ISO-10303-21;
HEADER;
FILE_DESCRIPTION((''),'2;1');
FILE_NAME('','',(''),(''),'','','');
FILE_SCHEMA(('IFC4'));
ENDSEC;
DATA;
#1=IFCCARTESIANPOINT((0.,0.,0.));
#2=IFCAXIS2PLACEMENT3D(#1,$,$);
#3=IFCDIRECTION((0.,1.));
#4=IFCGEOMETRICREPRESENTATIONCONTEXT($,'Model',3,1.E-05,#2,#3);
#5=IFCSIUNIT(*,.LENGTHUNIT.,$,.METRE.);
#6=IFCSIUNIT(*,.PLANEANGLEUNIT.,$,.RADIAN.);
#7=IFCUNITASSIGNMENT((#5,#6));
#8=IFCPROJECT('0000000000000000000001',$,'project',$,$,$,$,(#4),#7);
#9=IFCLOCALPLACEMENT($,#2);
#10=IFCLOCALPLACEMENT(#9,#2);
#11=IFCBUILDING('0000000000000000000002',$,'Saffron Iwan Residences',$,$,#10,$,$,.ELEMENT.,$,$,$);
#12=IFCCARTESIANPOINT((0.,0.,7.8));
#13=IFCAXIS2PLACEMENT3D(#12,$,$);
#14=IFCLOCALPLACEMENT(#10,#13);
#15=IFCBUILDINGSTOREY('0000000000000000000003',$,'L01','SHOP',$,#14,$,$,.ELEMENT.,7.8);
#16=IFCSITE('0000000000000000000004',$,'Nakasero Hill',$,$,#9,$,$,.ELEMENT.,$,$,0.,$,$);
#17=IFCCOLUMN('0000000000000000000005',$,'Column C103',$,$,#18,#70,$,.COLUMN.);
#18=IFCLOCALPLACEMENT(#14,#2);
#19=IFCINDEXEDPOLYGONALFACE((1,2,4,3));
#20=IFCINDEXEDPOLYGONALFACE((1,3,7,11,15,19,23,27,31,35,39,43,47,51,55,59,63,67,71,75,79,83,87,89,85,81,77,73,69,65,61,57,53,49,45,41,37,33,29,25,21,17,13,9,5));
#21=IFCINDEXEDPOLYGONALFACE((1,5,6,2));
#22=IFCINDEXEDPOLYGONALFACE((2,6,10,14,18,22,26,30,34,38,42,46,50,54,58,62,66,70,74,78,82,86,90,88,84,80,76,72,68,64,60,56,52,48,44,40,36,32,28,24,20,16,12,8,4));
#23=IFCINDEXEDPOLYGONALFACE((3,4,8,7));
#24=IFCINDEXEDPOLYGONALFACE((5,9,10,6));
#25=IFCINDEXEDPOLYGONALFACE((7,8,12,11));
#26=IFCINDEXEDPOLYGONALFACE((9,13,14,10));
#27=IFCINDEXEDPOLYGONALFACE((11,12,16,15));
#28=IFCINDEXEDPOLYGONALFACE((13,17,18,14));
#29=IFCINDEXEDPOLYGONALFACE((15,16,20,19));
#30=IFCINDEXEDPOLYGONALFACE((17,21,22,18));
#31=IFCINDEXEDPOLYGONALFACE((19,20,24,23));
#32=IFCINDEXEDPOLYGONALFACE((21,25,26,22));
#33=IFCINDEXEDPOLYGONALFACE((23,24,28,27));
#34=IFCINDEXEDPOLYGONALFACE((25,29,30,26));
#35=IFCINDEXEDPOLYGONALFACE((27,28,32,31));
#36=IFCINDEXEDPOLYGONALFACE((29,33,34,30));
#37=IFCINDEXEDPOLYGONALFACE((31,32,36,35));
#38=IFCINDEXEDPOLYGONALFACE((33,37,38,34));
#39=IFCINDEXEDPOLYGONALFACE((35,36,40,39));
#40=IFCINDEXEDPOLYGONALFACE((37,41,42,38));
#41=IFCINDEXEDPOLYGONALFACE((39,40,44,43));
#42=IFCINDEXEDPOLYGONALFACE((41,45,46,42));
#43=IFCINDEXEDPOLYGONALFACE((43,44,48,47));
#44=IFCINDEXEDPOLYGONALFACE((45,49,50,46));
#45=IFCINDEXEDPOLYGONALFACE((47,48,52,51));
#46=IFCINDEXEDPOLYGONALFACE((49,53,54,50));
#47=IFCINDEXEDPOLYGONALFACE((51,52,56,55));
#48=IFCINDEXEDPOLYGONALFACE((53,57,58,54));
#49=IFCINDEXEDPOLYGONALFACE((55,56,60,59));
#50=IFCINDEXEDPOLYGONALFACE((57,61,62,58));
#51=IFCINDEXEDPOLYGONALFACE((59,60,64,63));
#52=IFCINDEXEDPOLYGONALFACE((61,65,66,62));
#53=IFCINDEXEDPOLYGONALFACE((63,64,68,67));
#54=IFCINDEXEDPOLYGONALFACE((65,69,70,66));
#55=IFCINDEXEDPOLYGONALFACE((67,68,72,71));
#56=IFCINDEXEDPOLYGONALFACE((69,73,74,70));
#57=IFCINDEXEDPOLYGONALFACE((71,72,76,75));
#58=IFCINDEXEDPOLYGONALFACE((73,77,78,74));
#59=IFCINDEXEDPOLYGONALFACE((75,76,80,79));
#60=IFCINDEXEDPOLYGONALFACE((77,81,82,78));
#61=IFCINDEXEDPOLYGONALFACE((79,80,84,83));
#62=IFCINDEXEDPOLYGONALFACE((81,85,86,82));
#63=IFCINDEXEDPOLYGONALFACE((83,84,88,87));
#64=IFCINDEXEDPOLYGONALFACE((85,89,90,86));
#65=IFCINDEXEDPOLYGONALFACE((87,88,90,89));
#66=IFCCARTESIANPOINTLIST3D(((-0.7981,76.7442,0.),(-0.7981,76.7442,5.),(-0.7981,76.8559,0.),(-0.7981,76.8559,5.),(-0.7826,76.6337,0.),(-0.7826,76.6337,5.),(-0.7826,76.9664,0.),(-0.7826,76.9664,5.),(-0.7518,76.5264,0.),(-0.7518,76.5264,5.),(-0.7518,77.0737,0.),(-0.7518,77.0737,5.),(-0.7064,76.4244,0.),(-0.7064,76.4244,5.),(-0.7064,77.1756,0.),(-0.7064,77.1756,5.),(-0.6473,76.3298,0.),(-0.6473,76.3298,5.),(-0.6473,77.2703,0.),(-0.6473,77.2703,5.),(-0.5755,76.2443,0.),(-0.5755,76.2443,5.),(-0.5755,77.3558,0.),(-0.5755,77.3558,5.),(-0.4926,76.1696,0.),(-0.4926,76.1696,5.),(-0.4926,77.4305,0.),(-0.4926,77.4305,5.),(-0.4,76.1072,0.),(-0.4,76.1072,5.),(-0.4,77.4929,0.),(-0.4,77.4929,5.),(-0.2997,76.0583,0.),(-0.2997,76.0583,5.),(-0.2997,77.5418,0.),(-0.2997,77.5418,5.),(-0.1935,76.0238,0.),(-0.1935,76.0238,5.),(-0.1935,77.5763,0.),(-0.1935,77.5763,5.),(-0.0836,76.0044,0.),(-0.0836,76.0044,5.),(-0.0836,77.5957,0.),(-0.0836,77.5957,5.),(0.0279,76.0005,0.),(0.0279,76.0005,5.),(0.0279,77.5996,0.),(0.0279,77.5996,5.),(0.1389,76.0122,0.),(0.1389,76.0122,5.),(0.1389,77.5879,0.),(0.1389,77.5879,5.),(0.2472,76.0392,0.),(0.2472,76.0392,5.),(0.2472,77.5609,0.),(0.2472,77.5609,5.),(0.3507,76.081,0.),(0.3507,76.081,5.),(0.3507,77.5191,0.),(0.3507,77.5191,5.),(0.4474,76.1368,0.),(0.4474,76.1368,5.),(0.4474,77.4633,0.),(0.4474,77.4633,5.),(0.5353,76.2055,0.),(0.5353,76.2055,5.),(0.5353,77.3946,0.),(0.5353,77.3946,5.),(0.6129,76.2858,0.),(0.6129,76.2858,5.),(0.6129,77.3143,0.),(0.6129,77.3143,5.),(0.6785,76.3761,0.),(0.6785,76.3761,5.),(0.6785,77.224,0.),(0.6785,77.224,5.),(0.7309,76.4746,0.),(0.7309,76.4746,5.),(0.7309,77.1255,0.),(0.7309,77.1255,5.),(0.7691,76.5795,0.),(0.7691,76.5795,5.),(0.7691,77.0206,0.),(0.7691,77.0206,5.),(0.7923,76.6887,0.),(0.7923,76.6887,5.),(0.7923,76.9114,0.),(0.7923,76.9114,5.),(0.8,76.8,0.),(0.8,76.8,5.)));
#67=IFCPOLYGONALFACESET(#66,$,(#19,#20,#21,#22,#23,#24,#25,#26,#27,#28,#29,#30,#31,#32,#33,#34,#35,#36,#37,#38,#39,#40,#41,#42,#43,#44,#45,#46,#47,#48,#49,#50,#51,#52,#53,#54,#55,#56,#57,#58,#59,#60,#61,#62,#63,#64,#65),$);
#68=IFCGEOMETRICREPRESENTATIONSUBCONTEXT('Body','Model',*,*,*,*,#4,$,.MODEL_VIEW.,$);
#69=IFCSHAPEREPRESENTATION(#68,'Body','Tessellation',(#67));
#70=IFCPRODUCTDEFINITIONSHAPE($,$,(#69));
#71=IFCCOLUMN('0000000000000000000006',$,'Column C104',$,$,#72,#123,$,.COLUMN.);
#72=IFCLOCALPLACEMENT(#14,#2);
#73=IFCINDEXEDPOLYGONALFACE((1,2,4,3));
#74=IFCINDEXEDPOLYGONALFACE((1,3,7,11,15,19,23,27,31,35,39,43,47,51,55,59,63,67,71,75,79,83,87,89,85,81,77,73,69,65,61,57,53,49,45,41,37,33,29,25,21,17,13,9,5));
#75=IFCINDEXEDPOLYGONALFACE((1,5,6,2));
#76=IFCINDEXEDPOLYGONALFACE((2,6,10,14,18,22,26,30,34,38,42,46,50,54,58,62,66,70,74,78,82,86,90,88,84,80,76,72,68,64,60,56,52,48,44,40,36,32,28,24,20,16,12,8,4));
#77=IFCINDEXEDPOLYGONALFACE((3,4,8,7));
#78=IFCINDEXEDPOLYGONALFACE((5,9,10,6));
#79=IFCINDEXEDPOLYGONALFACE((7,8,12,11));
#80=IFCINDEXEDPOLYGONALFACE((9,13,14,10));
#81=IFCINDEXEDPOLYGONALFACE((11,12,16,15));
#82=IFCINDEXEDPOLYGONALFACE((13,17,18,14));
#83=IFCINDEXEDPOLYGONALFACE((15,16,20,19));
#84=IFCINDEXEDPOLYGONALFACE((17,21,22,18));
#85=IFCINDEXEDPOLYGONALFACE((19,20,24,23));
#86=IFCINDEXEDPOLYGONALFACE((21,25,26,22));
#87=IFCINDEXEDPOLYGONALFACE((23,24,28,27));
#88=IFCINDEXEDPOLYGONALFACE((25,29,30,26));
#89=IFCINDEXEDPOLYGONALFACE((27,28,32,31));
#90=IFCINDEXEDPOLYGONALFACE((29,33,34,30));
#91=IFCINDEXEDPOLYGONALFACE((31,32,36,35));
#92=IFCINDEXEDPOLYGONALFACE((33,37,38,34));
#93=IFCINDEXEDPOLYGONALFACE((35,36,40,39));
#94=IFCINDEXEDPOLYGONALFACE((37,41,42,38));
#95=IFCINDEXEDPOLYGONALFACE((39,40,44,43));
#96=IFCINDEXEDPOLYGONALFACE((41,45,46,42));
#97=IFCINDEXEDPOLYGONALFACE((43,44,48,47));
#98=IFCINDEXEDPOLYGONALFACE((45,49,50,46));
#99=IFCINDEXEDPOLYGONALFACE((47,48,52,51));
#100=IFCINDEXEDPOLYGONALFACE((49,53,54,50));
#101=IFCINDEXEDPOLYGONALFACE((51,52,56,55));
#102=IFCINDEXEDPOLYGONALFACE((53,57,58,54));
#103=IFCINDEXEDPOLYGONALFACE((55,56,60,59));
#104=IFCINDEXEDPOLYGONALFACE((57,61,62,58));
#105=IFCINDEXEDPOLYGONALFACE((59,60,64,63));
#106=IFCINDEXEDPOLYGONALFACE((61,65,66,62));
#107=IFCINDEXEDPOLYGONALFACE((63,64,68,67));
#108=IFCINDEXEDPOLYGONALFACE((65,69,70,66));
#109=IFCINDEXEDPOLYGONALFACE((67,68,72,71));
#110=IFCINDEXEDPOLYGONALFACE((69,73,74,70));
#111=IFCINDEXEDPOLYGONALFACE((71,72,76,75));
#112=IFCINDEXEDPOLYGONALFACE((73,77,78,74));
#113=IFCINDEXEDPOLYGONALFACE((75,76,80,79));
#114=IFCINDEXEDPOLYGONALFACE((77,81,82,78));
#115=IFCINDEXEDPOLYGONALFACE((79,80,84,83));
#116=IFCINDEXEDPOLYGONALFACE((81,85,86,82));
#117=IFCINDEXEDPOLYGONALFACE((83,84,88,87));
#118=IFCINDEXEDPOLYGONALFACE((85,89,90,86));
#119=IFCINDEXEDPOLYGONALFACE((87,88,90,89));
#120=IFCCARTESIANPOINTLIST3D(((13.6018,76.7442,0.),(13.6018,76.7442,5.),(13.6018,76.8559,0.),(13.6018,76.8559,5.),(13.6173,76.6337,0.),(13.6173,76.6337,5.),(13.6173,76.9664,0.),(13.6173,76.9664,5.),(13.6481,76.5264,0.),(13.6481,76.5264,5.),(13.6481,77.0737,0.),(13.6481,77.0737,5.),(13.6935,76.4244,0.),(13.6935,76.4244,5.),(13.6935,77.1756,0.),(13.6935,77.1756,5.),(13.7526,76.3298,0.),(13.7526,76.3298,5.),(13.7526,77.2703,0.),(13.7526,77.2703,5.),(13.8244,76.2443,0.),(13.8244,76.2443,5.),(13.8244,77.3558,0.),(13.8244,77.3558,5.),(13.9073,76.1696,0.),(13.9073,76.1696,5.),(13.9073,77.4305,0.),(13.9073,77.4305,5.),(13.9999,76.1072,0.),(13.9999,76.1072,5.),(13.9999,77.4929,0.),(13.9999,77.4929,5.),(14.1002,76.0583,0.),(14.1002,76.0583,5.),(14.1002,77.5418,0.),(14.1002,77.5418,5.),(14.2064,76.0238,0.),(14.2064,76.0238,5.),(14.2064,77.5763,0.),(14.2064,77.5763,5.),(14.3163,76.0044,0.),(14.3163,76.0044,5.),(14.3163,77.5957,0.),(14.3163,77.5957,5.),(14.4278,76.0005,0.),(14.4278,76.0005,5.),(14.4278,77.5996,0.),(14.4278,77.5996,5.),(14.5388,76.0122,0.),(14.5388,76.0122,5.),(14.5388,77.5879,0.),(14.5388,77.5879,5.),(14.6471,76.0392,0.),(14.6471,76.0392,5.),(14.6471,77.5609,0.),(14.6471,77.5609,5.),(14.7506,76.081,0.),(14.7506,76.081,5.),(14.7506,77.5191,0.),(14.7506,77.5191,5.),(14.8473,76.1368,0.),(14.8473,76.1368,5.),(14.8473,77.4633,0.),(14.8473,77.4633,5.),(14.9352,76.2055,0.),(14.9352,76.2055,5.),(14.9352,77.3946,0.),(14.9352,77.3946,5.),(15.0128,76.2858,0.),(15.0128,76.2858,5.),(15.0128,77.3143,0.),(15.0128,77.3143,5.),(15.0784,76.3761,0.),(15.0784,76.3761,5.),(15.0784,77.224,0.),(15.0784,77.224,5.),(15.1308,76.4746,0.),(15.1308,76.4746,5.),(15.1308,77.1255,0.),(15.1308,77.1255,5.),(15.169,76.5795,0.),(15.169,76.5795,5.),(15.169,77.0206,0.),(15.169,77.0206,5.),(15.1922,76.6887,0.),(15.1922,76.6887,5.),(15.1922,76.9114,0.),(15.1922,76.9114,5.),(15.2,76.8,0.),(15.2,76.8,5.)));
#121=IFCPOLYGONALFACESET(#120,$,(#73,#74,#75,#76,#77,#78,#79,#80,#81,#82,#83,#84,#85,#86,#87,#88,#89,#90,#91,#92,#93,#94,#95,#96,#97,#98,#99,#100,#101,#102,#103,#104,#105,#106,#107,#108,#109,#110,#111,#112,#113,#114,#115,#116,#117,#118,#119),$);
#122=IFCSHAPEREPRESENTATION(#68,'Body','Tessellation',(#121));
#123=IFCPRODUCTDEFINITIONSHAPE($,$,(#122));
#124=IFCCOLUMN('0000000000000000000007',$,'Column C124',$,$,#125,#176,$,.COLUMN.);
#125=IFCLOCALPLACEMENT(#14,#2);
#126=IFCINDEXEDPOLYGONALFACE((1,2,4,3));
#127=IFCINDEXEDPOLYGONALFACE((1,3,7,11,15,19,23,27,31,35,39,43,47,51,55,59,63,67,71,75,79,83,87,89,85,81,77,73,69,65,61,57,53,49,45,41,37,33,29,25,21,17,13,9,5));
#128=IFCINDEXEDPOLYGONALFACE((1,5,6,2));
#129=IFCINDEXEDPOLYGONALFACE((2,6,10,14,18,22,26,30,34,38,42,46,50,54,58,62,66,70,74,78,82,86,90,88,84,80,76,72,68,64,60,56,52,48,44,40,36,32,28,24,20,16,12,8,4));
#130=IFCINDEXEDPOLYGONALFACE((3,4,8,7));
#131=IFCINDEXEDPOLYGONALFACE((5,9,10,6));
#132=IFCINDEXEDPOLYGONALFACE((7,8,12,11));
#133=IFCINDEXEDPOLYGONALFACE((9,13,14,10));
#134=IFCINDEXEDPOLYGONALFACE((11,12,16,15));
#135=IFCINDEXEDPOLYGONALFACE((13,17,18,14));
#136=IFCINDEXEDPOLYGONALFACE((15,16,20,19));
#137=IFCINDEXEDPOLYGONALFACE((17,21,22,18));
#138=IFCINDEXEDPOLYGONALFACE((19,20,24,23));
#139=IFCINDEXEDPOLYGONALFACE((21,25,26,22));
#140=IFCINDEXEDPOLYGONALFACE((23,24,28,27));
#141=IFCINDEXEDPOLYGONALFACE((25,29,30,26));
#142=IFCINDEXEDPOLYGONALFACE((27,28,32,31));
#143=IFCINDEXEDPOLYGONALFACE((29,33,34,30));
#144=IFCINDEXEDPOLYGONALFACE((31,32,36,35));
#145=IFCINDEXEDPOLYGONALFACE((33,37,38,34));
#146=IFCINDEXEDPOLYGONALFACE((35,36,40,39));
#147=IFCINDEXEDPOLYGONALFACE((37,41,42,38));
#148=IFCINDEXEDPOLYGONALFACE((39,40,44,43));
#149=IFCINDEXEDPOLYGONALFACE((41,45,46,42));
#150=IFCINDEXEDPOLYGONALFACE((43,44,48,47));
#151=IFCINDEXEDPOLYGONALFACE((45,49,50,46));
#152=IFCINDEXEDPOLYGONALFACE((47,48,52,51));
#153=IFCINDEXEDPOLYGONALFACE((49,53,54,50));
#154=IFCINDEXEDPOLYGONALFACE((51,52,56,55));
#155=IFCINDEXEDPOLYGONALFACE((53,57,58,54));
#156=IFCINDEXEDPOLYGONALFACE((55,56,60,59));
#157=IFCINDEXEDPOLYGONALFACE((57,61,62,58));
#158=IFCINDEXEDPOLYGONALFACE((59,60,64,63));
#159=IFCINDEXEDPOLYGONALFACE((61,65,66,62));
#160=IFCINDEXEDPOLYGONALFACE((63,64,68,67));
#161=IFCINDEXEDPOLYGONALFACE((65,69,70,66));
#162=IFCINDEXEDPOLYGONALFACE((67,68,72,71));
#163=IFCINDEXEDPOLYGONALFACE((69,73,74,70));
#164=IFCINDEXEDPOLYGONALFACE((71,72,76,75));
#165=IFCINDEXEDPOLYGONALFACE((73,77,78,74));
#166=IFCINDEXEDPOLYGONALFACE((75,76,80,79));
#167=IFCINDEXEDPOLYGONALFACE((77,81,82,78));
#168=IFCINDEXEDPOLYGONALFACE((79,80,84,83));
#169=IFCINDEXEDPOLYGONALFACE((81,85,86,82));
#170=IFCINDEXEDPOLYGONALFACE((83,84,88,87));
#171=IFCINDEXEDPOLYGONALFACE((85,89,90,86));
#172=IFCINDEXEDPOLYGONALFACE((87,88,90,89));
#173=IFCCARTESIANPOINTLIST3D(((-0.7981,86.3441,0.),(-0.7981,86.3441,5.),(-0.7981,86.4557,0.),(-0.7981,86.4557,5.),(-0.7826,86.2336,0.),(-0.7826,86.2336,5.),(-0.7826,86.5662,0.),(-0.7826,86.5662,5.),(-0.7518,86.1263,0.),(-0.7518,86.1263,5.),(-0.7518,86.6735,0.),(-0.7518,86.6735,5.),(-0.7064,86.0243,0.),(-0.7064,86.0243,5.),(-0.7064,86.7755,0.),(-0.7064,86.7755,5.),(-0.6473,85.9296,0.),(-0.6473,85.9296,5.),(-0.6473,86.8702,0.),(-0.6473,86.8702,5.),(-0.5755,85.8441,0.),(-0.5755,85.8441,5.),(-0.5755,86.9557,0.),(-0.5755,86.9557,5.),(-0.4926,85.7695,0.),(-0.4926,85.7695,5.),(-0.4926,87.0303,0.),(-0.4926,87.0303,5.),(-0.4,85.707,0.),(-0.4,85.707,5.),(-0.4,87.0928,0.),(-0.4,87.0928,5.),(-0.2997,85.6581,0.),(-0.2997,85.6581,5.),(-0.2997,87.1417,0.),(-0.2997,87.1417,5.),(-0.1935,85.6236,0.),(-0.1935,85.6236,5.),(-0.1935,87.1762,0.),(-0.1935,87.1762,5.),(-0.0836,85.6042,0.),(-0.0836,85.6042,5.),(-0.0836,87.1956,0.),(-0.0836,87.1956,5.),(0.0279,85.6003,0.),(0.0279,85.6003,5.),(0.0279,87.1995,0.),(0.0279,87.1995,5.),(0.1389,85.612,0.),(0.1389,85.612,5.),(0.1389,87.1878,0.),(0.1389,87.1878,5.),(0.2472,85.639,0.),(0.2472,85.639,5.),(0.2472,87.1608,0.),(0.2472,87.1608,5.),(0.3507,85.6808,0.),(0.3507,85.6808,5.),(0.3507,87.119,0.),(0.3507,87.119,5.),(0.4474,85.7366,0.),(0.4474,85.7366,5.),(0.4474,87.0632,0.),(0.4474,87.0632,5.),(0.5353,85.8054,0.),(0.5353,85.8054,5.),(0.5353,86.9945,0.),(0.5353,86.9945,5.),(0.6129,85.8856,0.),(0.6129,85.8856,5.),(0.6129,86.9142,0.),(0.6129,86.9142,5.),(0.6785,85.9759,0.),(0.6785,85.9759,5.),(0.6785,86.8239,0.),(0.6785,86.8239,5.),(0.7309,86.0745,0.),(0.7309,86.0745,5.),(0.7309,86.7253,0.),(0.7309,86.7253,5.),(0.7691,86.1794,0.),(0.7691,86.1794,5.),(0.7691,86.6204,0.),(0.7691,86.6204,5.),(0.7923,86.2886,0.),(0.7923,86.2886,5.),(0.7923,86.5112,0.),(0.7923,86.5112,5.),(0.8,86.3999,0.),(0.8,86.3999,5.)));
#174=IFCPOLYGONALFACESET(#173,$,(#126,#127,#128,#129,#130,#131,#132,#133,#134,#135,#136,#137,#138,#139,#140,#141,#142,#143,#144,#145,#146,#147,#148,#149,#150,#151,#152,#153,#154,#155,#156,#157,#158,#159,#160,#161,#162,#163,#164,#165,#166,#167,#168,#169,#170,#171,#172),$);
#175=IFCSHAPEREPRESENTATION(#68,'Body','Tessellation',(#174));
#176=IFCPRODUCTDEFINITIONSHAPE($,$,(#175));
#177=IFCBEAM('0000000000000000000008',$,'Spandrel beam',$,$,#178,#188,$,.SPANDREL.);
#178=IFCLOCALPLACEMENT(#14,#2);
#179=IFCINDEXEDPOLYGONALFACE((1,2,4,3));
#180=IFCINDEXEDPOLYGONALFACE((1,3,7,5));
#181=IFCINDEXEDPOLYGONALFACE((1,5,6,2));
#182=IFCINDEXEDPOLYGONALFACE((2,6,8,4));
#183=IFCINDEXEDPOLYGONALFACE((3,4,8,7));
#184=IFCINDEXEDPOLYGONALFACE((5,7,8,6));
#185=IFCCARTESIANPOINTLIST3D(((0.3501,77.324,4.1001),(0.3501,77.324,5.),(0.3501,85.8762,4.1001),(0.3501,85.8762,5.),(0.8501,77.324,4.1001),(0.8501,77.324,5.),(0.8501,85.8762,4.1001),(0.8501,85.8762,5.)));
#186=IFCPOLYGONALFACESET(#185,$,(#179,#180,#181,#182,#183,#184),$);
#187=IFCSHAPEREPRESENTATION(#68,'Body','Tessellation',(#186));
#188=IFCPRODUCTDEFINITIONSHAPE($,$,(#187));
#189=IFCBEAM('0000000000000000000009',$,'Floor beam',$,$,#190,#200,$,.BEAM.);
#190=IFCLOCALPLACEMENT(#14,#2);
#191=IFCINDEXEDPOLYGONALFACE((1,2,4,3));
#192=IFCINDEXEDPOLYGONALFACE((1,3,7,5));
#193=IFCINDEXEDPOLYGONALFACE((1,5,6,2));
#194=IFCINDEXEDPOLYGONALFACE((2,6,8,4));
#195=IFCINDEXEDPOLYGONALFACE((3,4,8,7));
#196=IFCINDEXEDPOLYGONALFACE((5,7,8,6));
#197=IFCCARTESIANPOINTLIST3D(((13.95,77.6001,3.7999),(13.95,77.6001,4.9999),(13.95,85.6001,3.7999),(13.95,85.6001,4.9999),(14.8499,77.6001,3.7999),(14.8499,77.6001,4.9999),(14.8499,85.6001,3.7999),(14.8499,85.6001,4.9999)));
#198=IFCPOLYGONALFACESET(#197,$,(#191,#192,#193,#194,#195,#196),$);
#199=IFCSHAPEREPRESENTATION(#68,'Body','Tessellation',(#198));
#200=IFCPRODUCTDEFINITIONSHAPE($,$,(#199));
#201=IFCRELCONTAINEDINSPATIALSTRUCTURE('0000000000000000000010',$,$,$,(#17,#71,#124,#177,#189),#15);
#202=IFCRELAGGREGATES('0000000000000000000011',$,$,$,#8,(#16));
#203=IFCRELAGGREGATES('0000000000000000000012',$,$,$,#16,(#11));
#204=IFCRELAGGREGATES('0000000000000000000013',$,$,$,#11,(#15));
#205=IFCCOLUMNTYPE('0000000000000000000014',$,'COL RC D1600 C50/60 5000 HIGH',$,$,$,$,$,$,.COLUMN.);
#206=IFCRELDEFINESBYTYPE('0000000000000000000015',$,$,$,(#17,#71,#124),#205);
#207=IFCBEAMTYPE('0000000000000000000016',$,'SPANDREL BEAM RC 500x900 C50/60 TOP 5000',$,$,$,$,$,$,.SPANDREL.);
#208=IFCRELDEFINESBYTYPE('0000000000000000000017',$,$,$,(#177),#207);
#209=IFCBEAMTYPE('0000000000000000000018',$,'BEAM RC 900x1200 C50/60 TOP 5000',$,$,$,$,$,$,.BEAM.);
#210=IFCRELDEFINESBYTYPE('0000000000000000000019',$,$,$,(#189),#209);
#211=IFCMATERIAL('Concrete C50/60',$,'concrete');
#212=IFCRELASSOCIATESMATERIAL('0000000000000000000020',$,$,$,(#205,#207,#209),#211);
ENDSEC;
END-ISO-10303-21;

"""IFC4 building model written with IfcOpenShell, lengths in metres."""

from ifc_helpers import new_model, si_unit, direction, frame, origin, origin_2d, place, context, subcontext, project, spatial, rectangle, circle, extrude, source, transform, mapped, material, material_profile, profile_set, type_object, element, save


model = new_model("IFC4")

# Units and contexts
model_context = context("Model", 3, precision=1e-05, world=origin(), true_north=direction((0.0, 1.0)))
body_context = subcontext(model_context, "Body", "Model", "MODEL_VIEW")
ifc_project = project(units=[si_unit("LENGTHUNIT", "METRE"), si_unit("PLANEANGLEUNIT", "RADIAN")], contexts=[model_context])

# Site, building, storey
site_placement = place(None, origin())
site = spatial("IfcSite", under=ifc_project, at=site_placement, Name="Nakasero Hill", CompositionType="ELEMENT", RefElevation=0.0)
building_placement = place(site_placement, origin())
building = spatial("IfcBuilding", under=site, at=building_placement, Name="Saffron Iwan Residences", CompositionType="ELEMENT")
storey_placement = place(building_placement, frame((0.0, 0.0, 7.8)))
storey = spatial("IfcBuildingStorey", under=building, at=storey_placement, Name="L01", Description="SHOP", CompositionType="ELEMENT", Elevation=7.8)

# Columns
ifc_material_1 = material(Name="Concrete C50/60", Category="concrete")
ifc_material_profile_1 = material_profile(ifc_material_1, circle(Radius=0.8, at=origin_2d()), Name="RC D1600")
ifc_profile_set_1 = profile_set([ifc_material_profile_1], Name="Concrete C50/60")
column_type = type_object("IfcColumnType", Name="COL RC D1600 C50/60 5000 HIGH", PredefinedType="COLUMN", material=ifc_profile_set_1)
shared_shape_1 = source(origin(), body_context, "Body", "SweptSolid", [
    extrude(circle(Radius=0.8, at=origin_2d()), origin(), (0.0, 0.0, 1.0), 5.0),
])
for number, where, z_axis, x_axis, name in (
    (1, (0.0, 76.8, 0.0), (0.0, 0.0, 1.0), (1.0, 0.0, 0.0), "Column C103"),
    (2, (14.3999, 76.8, 0.0), (0.0, 0.0, 1.0), (1.0, 0.0, 0.0), "Column C104"),
    (3, (0.0, 86.3999, 0.0), (0.0, 0.0, 1.0), (1.0, 0.0, 0.0), "Column C124"),
):
    element("IfcColumn", number, at=place(storey_placement, frame(where, z_axis=z_axis, x_axis=x_axis)), inside=storey, type_object=column_type, Name=name, PredefinedType="COLUMN", context=body_context, shape_type="MappedRepresentation", body=[
        mapped(shared_shape_1, transform((0.0, 0.0, 0.0))),
    ])

# Beams
ifc_material_profile_2 = material_profile(ifc_material_1, rectangle(XDim=0.5, YDim=0.8999, at=origin_2d()), Name="RC 500x900")
ifc_profile_set_2 = profile_set([ifc_material_profile_2], Name="Concrete C50/60")
beam_type_1 = type_object("IfcBeamType", Name="SPANDREL BEAM RC 500x900 C50/60 TOP 5000", PredefinedType="SPANDREL", material=ifc_profile_set_2)
shared_shape_2 = source(origin(), body_context, "Body", "SweptSolid", [
    extrude(rectangle(XDim=0.5, YDim=0.8999, at=origin_2d()), origin(), (0.0, 0.0, 1.0), 8.5522),
])
beam_1_placement = place(storey_placement, frame((0.6001, 77.324, 4.55), z_axis=(0.0, 1.0, 0.0), x_axis=(-1.0, 0.0, 0.0)))
element("IfcBeam", 4, at=beam_1_placement, inside=storey, type_object=beam_type_1, Name="Spandrel beam", PredefinedType="SPANDREL", context=body_context, shape_type="MappedRepresentation", body=[
    mapped(shared_shape_2, transform((0.0, 0.0, 0.0))),
])
ifc_material_profile_3 = material_profile(ifc_material_1, rectangle(XDim=0.8999, YDim=1.2, at=origin_2d()), Name="RC 900x1200")
ifc_profile_set_3 = profile_set([ifc_material_profile_3], Name="Concrete C50/60")
beam_type_2 = type_object("IfcBeamType", Name="BEAM RC 900x1200 C50/60 TOP 5000", PredefinedType="BEAM", material=ifc_profile_set_3)
shared_shape_3 = source(origin(), body_context, "Body", "SweptSolid", [
    extrude(rectangle(XDim=0.8999, YDim=1.2, at=origin_2d()), origin(), (0.0, 0.0, 1.0), 8.0),
])
beam_2_placement = place(storey_placement, frame((14.3999, 77.6001, 4.3999), z_axis=(0.0, 1.0, 0.0), x_axis=(-1.0, 0.0, 0.0)))
element("IfcBeam", 5, at=beam_2_placement, inside=storey, type_object=beam_type_2, Name="Floor beam", PredefinedType="BEAM", context=body_context, shape_type="MappedRepresentation", body=[
    mapped(shared_shape_3, transform((0.0, 0.0, 0.0))),
])

save(model, "model.ifc")
